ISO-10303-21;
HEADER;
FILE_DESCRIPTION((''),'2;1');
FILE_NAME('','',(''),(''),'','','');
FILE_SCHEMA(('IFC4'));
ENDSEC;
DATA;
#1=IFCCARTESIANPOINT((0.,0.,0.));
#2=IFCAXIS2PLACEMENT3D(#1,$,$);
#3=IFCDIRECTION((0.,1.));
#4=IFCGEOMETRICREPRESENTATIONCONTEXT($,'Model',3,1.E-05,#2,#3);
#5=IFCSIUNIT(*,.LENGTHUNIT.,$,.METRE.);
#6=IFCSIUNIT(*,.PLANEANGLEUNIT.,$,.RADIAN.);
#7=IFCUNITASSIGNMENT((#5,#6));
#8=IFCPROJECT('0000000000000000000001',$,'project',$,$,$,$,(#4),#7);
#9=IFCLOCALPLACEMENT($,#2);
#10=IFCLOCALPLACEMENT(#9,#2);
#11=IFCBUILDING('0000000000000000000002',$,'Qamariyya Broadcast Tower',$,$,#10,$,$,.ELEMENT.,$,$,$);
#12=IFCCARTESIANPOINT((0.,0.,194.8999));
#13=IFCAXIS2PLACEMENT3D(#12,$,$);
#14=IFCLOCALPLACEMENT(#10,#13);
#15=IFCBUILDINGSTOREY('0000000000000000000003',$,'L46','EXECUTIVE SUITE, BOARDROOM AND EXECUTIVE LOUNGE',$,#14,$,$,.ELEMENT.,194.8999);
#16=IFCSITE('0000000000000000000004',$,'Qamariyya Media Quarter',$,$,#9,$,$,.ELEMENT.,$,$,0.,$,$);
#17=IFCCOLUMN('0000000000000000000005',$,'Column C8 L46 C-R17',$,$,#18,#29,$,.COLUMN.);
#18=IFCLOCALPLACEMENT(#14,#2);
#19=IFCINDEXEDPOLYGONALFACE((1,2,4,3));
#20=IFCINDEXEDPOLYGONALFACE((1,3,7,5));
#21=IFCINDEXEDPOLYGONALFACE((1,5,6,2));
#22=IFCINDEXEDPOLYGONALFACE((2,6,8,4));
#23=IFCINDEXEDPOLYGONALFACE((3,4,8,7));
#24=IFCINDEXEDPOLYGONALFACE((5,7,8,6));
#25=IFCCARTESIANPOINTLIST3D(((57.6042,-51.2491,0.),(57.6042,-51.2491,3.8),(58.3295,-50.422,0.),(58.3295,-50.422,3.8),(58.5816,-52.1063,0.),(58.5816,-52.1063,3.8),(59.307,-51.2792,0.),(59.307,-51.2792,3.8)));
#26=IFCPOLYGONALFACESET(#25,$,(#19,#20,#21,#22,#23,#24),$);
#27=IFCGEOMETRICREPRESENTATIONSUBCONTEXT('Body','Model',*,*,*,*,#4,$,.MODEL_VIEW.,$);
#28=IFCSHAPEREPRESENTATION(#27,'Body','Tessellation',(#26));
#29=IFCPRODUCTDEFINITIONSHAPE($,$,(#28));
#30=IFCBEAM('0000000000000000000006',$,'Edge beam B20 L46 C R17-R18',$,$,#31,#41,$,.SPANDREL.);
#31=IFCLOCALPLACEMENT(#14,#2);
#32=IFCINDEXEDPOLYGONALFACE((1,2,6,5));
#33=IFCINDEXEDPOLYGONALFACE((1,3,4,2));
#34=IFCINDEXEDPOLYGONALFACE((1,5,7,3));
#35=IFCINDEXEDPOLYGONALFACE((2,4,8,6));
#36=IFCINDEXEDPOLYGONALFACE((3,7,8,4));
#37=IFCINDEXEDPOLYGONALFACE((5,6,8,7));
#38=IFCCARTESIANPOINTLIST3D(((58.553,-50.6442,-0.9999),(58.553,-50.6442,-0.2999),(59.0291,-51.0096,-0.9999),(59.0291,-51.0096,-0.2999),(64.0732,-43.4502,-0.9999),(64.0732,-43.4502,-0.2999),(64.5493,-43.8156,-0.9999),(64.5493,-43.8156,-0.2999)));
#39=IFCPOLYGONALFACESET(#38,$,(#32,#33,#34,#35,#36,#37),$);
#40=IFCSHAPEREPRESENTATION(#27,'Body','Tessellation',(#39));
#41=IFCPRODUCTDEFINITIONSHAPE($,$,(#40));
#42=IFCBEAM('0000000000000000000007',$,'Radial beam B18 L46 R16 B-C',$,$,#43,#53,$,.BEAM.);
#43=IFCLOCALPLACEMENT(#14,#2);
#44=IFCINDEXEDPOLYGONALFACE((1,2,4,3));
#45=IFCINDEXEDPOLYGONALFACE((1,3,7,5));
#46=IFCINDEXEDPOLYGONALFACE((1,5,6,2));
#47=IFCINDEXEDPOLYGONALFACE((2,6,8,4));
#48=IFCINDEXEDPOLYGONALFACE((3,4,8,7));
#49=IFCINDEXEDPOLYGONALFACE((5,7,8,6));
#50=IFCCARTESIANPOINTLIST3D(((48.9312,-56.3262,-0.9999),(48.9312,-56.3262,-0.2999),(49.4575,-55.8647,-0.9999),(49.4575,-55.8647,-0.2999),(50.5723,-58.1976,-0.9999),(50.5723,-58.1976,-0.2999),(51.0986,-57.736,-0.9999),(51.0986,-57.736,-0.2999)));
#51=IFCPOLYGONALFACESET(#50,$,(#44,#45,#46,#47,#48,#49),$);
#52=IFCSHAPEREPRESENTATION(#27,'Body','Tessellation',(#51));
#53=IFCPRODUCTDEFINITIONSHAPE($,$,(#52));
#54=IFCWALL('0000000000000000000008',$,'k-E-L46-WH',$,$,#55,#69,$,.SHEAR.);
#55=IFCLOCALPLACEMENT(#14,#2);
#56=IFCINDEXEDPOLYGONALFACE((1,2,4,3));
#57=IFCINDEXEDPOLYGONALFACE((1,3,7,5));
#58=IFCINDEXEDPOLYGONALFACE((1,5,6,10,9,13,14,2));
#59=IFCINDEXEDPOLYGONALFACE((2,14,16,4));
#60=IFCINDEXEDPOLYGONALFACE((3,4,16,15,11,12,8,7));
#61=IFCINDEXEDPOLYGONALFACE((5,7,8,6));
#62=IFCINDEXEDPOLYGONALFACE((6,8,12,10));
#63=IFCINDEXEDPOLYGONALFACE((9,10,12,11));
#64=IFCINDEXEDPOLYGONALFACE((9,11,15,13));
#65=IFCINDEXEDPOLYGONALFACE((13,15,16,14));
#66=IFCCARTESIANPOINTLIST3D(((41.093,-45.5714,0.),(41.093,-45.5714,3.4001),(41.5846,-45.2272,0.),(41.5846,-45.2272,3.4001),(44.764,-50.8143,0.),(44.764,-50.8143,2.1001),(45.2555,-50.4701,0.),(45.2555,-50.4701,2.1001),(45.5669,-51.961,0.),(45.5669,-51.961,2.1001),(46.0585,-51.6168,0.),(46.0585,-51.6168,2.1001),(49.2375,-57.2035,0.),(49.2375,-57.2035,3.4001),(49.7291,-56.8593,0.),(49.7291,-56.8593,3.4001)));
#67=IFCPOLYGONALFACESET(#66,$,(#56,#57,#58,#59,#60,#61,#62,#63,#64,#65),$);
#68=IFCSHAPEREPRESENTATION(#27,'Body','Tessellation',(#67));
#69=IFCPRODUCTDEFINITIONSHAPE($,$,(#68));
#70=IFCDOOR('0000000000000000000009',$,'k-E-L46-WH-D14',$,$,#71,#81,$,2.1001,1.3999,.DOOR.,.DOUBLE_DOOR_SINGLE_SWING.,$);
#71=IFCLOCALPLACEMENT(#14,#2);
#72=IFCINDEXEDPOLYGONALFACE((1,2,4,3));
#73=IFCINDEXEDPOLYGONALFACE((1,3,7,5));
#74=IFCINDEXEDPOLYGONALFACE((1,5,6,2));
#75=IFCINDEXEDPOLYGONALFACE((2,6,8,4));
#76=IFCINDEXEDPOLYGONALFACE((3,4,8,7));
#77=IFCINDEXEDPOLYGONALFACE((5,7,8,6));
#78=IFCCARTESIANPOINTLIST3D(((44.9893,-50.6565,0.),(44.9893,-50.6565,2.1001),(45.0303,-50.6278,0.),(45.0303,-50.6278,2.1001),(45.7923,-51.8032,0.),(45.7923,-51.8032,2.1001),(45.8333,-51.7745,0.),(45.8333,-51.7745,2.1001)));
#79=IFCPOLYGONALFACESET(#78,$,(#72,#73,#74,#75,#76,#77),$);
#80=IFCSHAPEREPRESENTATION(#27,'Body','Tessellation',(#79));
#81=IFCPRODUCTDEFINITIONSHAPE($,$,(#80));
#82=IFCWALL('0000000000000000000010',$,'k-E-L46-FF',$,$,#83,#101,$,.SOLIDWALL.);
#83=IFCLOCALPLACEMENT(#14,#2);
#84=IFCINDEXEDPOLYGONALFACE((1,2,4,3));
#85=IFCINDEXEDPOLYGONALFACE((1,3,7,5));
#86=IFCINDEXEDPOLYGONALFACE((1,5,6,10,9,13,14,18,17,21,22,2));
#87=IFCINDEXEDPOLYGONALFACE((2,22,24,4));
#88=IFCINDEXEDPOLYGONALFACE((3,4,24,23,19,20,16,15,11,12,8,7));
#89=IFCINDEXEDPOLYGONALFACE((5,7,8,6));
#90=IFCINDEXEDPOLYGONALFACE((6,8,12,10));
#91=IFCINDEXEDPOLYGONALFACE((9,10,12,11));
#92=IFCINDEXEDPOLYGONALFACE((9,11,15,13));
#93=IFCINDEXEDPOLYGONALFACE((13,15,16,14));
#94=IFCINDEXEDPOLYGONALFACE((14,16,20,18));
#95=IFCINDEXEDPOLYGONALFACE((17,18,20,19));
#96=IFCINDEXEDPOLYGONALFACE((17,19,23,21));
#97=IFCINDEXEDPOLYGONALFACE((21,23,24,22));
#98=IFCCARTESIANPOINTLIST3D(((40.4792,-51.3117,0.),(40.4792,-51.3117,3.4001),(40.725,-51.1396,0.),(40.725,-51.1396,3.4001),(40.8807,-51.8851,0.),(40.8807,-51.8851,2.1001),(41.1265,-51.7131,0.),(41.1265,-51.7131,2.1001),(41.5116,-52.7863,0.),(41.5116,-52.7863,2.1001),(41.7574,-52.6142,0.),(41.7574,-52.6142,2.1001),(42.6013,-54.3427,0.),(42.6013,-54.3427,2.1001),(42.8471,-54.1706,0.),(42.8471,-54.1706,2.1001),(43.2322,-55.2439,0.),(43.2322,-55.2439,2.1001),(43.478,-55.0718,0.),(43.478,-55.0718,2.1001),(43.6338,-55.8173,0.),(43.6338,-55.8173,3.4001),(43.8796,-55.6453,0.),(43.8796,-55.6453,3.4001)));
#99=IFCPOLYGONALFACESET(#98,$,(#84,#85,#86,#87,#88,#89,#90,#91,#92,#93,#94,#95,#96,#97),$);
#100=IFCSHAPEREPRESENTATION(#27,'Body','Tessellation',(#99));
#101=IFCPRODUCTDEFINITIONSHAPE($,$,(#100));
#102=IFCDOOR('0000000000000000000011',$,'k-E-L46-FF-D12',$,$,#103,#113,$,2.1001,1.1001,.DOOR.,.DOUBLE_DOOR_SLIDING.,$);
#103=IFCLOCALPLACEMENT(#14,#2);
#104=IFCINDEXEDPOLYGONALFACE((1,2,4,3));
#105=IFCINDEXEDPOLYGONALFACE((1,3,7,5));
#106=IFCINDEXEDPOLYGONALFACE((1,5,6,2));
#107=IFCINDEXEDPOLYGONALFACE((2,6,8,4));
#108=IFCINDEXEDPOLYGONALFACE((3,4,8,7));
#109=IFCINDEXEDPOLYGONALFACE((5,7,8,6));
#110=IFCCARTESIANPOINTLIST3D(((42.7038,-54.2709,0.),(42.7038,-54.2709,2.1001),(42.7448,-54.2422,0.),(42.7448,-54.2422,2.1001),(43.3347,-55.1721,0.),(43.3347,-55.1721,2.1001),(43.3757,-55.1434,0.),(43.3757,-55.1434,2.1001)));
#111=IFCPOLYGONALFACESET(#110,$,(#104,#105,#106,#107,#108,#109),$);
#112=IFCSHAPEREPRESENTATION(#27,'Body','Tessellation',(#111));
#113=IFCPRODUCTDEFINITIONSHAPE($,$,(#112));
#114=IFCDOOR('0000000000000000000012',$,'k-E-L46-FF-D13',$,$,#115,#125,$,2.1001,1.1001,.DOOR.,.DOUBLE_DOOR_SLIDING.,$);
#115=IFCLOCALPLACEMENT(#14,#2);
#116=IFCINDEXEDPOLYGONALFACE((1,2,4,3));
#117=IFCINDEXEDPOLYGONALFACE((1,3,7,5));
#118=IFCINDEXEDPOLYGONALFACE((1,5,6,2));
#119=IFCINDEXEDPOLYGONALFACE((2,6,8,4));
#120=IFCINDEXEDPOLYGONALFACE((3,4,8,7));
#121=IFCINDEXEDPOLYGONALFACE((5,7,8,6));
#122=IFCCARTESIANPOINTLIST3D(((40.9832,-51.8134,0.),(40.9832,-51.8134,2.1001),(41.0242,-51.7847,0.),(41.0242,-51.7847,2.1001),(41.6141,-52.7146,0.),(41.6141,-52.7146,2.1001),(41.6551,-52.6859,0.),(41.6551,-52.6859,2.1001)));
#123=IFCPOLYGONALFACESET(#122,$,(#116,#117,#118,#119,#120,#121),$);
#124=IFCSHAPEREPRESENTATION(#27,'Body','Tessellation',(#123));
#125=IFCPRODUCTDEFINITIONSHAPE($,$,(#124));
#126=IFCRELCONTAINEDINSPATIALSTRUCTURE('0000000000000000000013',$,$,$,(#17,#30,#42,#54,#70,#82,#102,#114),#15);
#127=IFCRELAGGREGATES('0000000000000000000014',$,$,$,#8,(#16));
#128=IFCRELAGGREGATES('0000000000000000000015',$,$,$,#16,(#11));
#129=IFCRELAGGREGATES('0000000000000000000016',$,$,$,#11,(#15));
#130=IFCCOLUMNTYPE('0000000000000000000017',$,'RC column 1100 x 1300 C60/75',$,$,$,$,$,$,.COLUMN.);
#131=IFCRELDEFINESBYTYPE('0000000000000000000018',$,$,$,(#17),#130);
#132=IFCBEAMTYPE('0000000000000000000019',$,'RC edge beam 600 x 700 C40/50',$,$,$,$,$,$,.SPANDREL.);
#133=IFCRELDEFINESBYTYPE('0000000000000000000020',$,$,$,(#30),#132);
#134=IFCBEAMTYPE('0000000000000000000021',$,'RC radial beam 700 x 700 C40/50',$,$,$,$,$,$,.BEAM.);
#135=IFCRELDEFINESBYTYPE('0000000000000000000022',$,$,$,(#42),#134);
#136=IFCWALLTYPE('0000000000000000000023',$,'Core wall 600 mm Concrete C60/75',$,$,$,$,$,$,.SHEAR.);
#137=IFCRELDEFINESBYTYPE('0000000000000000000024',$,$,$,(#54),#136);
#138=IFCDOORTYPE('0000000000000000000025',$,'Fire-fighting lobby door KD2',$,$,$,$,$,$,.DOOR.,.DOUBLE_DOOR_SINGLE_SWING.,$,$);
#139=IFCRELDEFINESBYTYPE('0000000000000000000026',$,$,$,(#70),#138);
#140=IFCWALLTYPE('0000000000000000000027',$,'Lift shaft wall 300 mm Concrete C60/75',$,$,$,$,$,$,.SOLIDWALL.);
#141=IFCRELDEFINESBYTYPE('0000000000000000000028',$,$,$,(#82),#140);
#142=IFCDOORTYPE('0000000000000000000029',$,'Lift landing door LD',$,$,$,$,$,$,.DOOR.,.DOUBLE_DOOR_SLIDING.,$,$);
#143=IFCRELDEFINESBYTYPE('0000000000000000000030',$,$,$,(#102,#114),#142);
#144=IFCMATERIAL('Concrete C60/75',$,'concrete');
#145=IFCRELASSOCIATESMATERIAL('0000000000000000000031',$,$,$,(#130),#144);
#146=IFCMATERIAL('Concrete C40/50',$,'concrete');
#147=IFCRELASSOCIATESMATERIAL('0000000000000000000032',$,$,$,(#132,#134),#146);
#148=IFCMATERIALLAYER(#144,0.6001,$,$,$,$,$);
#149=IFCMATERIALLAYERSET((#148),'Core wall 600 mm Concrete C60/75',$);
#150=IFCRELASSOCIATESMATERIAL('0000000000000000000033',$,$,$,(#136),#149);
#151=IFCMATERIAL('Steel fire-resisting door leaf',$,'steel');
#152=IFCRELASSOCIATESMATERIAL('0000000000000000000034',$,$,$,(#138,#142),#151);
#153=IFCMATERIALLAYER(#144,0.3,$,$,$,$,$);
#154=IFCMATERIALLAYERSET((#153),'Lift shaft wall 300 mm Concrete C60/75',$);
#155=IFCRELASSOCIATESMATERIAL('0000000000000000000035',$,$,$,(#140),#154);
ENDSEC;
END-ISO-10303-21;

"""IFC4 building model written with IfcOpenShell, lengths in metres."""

from ifc_helpers import new_model, si_unit, direction, frame, frame_2d, origin, origin_2d, place, context, subcontext, project, spatial, rectangle, extrude, material, layer, layer_set, material_profile, profile_set, type_object, element, fill, save


model = new_model("IFC4")

# Units and contexts
model_context = context("Model", 3, precision=1e-05, world=origin(), true_north=direction((0.0, 1.0)))
body_context = subcontext(model_context, "Body", "Model", "MODEL_VIEW")
ifc_project = project(units=[si_unit("LENGTHUNIT", "METRE"), si_unit("PLANEANGLEUNIT", "RADIAN")], contexts=[model_context])

# Site, building, storey
site_placement = place(None, origin())
site = spatial("IfcSite", under=ifc_project, at=site_placement, Name="Qamariyya Media Quarter", CompositionType="ELEMENT", RefElevation=0.0)
building_placement = place(site_placement, origin())
building = spatial("IfcBuilding", under=site, at=building_placement, Name="Qamariyya Broadcast Tower", CompositionType="ELEMENT")
storey_placement = place(building_placement, frame((0.0, 0.0, 194.8999)))
storey = spatial("IfcBuildingStorey", under=building, at=storey_placement, Name="L46", Description="EXECUTIVE SUITE, BOARDROOM AND EXECUTIVE LOUNGE", CompositionType="ELEMENT", Elevation=194.8999)

# Column
ifc_material_1 = material(Name="Concrete C60/75", Category="concrete")
ifc_material_profile_1 = material_profile(ifc_material_1, rectangle(XDim=1.1001, YDim=1.3, at=origin_2d()))
ifc_profile_set_1 = profile_set([ifc_material_profile_1], Name="Concrete C60/75")
column_type = type_object("IfcColumnType", Name="RC column 1100 x 1300 C60/75", PredefinedType="COLUMN", material=ifc_profile_set_1)
column_placement = place(storey_placement, frame((58.4556, -51.2642, 0.0), z_axis=(0.0, 0.0, 1.0), x_axis=(0.659346, 0.75184, 0.0)))
element("IfcColumn", 1, at=column_placement, inside=storey, type_object=column_type, Name="Column C8 L46 C-R17", PredefinedType="COLUMN", context=body_context, shape_type="SweptSolid", body=[
    extrude(rectangle(XDim=1.1001, YDim=1.3, at=origin_2d()), origin(), (0.0, 0.0, 1.0), 3.8),
])

# Beams
ifc_material_2 = material(Name="Concrete C40/50", Category="concrete")
ifc_material_profile_2 = material_profile(ifc_material_2, rectangle(XDim=0.6001, YDim=0.7, at=origin_2d()))
ifc_profile_set_2 = profile_set([ifc_material_profile_2], Name="Concrete C40/50")
beam_type_1 = type_object("IfcBeamType", Name="RC edge beam 600 x 700 C40/50", PredefinedType="SPANDREL", material=ifc_profile_set_2)
beam_1_placement = place(storey_placement, frame((58.791, -50.8269, -0.6499), z_axis=(0.608764, 0.793351, 0.0), x_axis=(-0.793351, 0.608764, 0.0)))
element("IfcBeam", 2, at=beam_1_placement, inside=storey, type_object=beam_type_1, Name="Edge beam B20 L46 C R17-R18", PredefinedType="SPANDREL", context=body_context, shape_type="SweptSolid", body=[
    extrude(rectangle(XDim=0.6001, YDim=0.7, at=origin_2d()), origin(), (0.0, 0.0, 1.0), 9.0679),
])
ifc_material_profile_3 = material_profile(ifc_material_2, rectangle(XDim=0.7, YDim=0.7, at=origin_2d()))
ifc_profile_set_3 = profile_set([ifc_material_profile_3], Name="Concrete C40/50")
beam_type_2 = type_object("IfcBeamType", Name="RC radial beam 700 x 700 C40/50", PredefinedType="BEAM", material=ifc_profile_set_3)
beam_2_placement = place(storey_placement, frame((49.1943, -56.0955, -0.6499), z_axis=(0.659344, -0.751841, 0.0), x_axis=(0.751841, 0.659344, 0.0)))
element("IfcBeam", 3, at=beam_2_placement, inside=storey, type_object=beam_type_2, Name="Radial beam B18 L46 R16 B-C", PredefinedType="BEAM", context=body_context, shape_type="SweptSolid", body=[
    extrude(rectangle(XDim=0.7, YDim=0.7, at=origin_2d()), origin(), (0.0, 0.0, 1.0), 2.489),
])

# Wall, opening, door
ifc_layer_1 = layer(ifc_material_1, 0.6001)
ifc_layer_set_1 = layer_set([ifc_layer_1], Name="Core wall 600 mm Concrete C60/75")
wall_type_1 = type_object("IfcWallType", Name="Core wall 600 mm Concrete C60/75", PredefinedType="SHEAR", material=ifc_layer_set_1)
wall_1_placement = place(storey_placement, frame((49.4834, -57.0315, 0.0), z_axis=(0.0, 0.0, 1.0), x_axis=(-0.57356, 0.819163, 0.0)))
wall_1 = element("IfcWall", 4, at=wall_1_placement, inside=storey, type_object=wall_type_1, Name="k-E-L46-WH", PredefinedType="SHEAR", context=body_context, shape_type="SweptSolid", body=[
    extrude(rectangle(XDim=14.2, YDim=0.6001, at=frame_2d((7.1001, 0.0))), origin(), (0.0, 0.0, 1.0), 3.4001),
])
opening_1_placement = place(wall_1_placement, frame((6.3999, 0.0, 0.0)))
opening_1 = element("IfcOpeningElement", 5, at=opening_1_placement, cuts=wall_1, PredefinedType="OPENING", context=body_context, shape_type="SweptSolid", body=[
    extrude(rectangle(XDim=1.3999, YDim=2.1001, at=frame_2d((0.7, 1.05))), frame((0.0, 0.3101, 0.0), z_axis=(0.0, -1.0, 0.0), x_axis=(1.0, 0.0, 0.0)), (0.0, 0.0, 1.0), 0.6201),
])
ifc_material_3 = material(Name="Steel fire-resisting door leaf", Category="steel")
door_type_1 = type_object("IfcDoorType", Name="Fire-fighting lobby door KD2", OperationType="DOUBLE_DOOR_SINGLE_SWING", PredefinedType="DOOR", material=ifc_material_3)
door_1_placement = place(opening_1_placement, origin())
door_1 = element("IfcDoor", 6, at=door_1_placement, inside=storey, type_object=door_type_1, Name="k-E-L46-WH-D14", OperationType="DOUBLE_DOOR_SINGLE_SWING", OverallHeight=2.1001, OverallWidth=1.3999, PredefinedType="DOOR", context=body_context, shape_type="SweptSolid", body=[
    extrude(rectangle(XDim=1.3999, YDim=2.1001, at=frame_2d((0.7, 1.05))), frame((0.0, 0.0249, 0.0), z_axis=(0.0, -1.0, 0.0), x_axis=(1.0, 0.0, 0.0)), (0.0, 0.0, 1.0), 0.05),
])
fill(opening_1, door_1)

# Wall, openings, doors
ifc_layer_2 = layer(ifc_material_1, 0.3)
ifc_layer_set_2 = layer_set([ifc_layer_2], Name="Lift shaft wall 300 mm Concrete C60/75")
wall_type_2 = type_object("IfcWallType", Name="Lift shaft wall 300 mm Concrete C60/75", PredefinedType="SOLIDWALL", material=ifc_layer_set_2)
wall_2_placement = place(storey_placement, frame((43.7566, -55.7312, 0.0), z_axis=(0.0, 0.0, 1.0), x_axis=(-0.573537, 0.81918, 0.0)))
wall_2 = element("IfcWall", 7, at=wall_2_placement, inside=storey, type_object=wall_type_2, Name="k-E-L46-FF", PredefinedType="SOLIDWALL", context=body_context, shape_type="SweptSolid", body=[
    extrude(rectangle(XDim=5.5002, YDim=0.3, at=frame_2d((2.75, 0.0))), origin(), (0.0, 0.0, 1.0), 3.4001),
])
opening_2_placement = place(wall_2_placement, frame((0.7, 0.0, 0.0)))
opening_2 = element("IfcOpeningElement", 8, at=opening_2_placement, cuts=wall_2, PredefinedType="OPENING", context=body_context, shape_type="SweptSolid", body=[
    extrude(rectangle(XDim=1.1001, YDim=2.1001, at=frame_2d((0.55, 1.05))), frame((0.0, 0.1599, 0.0), z_axis=(0.0, -1.0, 0.0), x_axis=(1.0, 0.0, 0.0)), (0.0, 0.0, 1.0), 0.3201),
])
opening_3_placement = place(wall_2_placement, frame((3.7, 0.0, 0.0)))
opening_3 = element("IfcOpeningElement", 9, at=opening_3_placement, cuts=wall_2, PredefinedType="OPENING", context=body_context, shape_type="SweptSolid", body=[
    extrude(rectangle(XDim=1.1001, YDim=2.1001, at=frame_2d((0.55, 1.05))), frame((0.0, 0.1599, 0.0), z_axis=(0.0, -1.0, 0.0), x_axis=(1.0, 0.0, 0.0)), (0.0, 0.0, 1.0), 0.3201),
])
door_type_2 = type_object("IfcDoorType", Name="Lift landing door LD", OperationType="DOUBLE_DOOR_SLIDING", PredefinedType="DOOR", material=ifc_material_3)
door_2_placement = place(opening_2_placement, origin())
door_2 = element("IfcDoor", 10, at=door_2_placement, inside=storey, type_object=door_type_2, Name="k-E-L46-FF-D12", OperationType="DOUBLE_DOOR_SLIDING", OverallHeight=2.1001, OverallWidth=1.1001, PredefinedType="DOOR", context=body_context, shape_type="SweptSolid", body=[
    extrude(rectangle(XDim=1.1001, YDim=2.1001, at=frame_2d((0.55, 1.05))), frame((0.0, 0.0249, 0.0), z_axis=(0.0, -1.0, 0.0), x_axis=(1.0, 0.0, 0.0)), (0.0, 0.0, 1.0), 0.05),
])
fill(opening_2, door_2)
door_3_placement = place(opening_3_placement, origin())
door_3 = element("IfcDoor", 11, at=door_3_placement, inside=storey, type_object=door_type_2, Name="k-E-L46-FF-D13", OperationType="DOUBLE_DOOR_SLIDING", OverallHeight=2.1001, OverallWidth=1.1001, PredefinedType="DOOR", context=body_context, shape_type="SweptSolid", body=[
    extrude(rectangle(XDim=1.1001, YDim=2.1001, at=frame_2d((0.55, 1.05))), frame((0.0, 0.0249, 0.0), z_axis=(0.0, -1.0, 0.0), x_axis=(1.0, 0.0, 0.0)), (0.0, 0.0, 1.0), 0.05),
])
fill(opening_3, door_3)

save(model, "model.ifc")
